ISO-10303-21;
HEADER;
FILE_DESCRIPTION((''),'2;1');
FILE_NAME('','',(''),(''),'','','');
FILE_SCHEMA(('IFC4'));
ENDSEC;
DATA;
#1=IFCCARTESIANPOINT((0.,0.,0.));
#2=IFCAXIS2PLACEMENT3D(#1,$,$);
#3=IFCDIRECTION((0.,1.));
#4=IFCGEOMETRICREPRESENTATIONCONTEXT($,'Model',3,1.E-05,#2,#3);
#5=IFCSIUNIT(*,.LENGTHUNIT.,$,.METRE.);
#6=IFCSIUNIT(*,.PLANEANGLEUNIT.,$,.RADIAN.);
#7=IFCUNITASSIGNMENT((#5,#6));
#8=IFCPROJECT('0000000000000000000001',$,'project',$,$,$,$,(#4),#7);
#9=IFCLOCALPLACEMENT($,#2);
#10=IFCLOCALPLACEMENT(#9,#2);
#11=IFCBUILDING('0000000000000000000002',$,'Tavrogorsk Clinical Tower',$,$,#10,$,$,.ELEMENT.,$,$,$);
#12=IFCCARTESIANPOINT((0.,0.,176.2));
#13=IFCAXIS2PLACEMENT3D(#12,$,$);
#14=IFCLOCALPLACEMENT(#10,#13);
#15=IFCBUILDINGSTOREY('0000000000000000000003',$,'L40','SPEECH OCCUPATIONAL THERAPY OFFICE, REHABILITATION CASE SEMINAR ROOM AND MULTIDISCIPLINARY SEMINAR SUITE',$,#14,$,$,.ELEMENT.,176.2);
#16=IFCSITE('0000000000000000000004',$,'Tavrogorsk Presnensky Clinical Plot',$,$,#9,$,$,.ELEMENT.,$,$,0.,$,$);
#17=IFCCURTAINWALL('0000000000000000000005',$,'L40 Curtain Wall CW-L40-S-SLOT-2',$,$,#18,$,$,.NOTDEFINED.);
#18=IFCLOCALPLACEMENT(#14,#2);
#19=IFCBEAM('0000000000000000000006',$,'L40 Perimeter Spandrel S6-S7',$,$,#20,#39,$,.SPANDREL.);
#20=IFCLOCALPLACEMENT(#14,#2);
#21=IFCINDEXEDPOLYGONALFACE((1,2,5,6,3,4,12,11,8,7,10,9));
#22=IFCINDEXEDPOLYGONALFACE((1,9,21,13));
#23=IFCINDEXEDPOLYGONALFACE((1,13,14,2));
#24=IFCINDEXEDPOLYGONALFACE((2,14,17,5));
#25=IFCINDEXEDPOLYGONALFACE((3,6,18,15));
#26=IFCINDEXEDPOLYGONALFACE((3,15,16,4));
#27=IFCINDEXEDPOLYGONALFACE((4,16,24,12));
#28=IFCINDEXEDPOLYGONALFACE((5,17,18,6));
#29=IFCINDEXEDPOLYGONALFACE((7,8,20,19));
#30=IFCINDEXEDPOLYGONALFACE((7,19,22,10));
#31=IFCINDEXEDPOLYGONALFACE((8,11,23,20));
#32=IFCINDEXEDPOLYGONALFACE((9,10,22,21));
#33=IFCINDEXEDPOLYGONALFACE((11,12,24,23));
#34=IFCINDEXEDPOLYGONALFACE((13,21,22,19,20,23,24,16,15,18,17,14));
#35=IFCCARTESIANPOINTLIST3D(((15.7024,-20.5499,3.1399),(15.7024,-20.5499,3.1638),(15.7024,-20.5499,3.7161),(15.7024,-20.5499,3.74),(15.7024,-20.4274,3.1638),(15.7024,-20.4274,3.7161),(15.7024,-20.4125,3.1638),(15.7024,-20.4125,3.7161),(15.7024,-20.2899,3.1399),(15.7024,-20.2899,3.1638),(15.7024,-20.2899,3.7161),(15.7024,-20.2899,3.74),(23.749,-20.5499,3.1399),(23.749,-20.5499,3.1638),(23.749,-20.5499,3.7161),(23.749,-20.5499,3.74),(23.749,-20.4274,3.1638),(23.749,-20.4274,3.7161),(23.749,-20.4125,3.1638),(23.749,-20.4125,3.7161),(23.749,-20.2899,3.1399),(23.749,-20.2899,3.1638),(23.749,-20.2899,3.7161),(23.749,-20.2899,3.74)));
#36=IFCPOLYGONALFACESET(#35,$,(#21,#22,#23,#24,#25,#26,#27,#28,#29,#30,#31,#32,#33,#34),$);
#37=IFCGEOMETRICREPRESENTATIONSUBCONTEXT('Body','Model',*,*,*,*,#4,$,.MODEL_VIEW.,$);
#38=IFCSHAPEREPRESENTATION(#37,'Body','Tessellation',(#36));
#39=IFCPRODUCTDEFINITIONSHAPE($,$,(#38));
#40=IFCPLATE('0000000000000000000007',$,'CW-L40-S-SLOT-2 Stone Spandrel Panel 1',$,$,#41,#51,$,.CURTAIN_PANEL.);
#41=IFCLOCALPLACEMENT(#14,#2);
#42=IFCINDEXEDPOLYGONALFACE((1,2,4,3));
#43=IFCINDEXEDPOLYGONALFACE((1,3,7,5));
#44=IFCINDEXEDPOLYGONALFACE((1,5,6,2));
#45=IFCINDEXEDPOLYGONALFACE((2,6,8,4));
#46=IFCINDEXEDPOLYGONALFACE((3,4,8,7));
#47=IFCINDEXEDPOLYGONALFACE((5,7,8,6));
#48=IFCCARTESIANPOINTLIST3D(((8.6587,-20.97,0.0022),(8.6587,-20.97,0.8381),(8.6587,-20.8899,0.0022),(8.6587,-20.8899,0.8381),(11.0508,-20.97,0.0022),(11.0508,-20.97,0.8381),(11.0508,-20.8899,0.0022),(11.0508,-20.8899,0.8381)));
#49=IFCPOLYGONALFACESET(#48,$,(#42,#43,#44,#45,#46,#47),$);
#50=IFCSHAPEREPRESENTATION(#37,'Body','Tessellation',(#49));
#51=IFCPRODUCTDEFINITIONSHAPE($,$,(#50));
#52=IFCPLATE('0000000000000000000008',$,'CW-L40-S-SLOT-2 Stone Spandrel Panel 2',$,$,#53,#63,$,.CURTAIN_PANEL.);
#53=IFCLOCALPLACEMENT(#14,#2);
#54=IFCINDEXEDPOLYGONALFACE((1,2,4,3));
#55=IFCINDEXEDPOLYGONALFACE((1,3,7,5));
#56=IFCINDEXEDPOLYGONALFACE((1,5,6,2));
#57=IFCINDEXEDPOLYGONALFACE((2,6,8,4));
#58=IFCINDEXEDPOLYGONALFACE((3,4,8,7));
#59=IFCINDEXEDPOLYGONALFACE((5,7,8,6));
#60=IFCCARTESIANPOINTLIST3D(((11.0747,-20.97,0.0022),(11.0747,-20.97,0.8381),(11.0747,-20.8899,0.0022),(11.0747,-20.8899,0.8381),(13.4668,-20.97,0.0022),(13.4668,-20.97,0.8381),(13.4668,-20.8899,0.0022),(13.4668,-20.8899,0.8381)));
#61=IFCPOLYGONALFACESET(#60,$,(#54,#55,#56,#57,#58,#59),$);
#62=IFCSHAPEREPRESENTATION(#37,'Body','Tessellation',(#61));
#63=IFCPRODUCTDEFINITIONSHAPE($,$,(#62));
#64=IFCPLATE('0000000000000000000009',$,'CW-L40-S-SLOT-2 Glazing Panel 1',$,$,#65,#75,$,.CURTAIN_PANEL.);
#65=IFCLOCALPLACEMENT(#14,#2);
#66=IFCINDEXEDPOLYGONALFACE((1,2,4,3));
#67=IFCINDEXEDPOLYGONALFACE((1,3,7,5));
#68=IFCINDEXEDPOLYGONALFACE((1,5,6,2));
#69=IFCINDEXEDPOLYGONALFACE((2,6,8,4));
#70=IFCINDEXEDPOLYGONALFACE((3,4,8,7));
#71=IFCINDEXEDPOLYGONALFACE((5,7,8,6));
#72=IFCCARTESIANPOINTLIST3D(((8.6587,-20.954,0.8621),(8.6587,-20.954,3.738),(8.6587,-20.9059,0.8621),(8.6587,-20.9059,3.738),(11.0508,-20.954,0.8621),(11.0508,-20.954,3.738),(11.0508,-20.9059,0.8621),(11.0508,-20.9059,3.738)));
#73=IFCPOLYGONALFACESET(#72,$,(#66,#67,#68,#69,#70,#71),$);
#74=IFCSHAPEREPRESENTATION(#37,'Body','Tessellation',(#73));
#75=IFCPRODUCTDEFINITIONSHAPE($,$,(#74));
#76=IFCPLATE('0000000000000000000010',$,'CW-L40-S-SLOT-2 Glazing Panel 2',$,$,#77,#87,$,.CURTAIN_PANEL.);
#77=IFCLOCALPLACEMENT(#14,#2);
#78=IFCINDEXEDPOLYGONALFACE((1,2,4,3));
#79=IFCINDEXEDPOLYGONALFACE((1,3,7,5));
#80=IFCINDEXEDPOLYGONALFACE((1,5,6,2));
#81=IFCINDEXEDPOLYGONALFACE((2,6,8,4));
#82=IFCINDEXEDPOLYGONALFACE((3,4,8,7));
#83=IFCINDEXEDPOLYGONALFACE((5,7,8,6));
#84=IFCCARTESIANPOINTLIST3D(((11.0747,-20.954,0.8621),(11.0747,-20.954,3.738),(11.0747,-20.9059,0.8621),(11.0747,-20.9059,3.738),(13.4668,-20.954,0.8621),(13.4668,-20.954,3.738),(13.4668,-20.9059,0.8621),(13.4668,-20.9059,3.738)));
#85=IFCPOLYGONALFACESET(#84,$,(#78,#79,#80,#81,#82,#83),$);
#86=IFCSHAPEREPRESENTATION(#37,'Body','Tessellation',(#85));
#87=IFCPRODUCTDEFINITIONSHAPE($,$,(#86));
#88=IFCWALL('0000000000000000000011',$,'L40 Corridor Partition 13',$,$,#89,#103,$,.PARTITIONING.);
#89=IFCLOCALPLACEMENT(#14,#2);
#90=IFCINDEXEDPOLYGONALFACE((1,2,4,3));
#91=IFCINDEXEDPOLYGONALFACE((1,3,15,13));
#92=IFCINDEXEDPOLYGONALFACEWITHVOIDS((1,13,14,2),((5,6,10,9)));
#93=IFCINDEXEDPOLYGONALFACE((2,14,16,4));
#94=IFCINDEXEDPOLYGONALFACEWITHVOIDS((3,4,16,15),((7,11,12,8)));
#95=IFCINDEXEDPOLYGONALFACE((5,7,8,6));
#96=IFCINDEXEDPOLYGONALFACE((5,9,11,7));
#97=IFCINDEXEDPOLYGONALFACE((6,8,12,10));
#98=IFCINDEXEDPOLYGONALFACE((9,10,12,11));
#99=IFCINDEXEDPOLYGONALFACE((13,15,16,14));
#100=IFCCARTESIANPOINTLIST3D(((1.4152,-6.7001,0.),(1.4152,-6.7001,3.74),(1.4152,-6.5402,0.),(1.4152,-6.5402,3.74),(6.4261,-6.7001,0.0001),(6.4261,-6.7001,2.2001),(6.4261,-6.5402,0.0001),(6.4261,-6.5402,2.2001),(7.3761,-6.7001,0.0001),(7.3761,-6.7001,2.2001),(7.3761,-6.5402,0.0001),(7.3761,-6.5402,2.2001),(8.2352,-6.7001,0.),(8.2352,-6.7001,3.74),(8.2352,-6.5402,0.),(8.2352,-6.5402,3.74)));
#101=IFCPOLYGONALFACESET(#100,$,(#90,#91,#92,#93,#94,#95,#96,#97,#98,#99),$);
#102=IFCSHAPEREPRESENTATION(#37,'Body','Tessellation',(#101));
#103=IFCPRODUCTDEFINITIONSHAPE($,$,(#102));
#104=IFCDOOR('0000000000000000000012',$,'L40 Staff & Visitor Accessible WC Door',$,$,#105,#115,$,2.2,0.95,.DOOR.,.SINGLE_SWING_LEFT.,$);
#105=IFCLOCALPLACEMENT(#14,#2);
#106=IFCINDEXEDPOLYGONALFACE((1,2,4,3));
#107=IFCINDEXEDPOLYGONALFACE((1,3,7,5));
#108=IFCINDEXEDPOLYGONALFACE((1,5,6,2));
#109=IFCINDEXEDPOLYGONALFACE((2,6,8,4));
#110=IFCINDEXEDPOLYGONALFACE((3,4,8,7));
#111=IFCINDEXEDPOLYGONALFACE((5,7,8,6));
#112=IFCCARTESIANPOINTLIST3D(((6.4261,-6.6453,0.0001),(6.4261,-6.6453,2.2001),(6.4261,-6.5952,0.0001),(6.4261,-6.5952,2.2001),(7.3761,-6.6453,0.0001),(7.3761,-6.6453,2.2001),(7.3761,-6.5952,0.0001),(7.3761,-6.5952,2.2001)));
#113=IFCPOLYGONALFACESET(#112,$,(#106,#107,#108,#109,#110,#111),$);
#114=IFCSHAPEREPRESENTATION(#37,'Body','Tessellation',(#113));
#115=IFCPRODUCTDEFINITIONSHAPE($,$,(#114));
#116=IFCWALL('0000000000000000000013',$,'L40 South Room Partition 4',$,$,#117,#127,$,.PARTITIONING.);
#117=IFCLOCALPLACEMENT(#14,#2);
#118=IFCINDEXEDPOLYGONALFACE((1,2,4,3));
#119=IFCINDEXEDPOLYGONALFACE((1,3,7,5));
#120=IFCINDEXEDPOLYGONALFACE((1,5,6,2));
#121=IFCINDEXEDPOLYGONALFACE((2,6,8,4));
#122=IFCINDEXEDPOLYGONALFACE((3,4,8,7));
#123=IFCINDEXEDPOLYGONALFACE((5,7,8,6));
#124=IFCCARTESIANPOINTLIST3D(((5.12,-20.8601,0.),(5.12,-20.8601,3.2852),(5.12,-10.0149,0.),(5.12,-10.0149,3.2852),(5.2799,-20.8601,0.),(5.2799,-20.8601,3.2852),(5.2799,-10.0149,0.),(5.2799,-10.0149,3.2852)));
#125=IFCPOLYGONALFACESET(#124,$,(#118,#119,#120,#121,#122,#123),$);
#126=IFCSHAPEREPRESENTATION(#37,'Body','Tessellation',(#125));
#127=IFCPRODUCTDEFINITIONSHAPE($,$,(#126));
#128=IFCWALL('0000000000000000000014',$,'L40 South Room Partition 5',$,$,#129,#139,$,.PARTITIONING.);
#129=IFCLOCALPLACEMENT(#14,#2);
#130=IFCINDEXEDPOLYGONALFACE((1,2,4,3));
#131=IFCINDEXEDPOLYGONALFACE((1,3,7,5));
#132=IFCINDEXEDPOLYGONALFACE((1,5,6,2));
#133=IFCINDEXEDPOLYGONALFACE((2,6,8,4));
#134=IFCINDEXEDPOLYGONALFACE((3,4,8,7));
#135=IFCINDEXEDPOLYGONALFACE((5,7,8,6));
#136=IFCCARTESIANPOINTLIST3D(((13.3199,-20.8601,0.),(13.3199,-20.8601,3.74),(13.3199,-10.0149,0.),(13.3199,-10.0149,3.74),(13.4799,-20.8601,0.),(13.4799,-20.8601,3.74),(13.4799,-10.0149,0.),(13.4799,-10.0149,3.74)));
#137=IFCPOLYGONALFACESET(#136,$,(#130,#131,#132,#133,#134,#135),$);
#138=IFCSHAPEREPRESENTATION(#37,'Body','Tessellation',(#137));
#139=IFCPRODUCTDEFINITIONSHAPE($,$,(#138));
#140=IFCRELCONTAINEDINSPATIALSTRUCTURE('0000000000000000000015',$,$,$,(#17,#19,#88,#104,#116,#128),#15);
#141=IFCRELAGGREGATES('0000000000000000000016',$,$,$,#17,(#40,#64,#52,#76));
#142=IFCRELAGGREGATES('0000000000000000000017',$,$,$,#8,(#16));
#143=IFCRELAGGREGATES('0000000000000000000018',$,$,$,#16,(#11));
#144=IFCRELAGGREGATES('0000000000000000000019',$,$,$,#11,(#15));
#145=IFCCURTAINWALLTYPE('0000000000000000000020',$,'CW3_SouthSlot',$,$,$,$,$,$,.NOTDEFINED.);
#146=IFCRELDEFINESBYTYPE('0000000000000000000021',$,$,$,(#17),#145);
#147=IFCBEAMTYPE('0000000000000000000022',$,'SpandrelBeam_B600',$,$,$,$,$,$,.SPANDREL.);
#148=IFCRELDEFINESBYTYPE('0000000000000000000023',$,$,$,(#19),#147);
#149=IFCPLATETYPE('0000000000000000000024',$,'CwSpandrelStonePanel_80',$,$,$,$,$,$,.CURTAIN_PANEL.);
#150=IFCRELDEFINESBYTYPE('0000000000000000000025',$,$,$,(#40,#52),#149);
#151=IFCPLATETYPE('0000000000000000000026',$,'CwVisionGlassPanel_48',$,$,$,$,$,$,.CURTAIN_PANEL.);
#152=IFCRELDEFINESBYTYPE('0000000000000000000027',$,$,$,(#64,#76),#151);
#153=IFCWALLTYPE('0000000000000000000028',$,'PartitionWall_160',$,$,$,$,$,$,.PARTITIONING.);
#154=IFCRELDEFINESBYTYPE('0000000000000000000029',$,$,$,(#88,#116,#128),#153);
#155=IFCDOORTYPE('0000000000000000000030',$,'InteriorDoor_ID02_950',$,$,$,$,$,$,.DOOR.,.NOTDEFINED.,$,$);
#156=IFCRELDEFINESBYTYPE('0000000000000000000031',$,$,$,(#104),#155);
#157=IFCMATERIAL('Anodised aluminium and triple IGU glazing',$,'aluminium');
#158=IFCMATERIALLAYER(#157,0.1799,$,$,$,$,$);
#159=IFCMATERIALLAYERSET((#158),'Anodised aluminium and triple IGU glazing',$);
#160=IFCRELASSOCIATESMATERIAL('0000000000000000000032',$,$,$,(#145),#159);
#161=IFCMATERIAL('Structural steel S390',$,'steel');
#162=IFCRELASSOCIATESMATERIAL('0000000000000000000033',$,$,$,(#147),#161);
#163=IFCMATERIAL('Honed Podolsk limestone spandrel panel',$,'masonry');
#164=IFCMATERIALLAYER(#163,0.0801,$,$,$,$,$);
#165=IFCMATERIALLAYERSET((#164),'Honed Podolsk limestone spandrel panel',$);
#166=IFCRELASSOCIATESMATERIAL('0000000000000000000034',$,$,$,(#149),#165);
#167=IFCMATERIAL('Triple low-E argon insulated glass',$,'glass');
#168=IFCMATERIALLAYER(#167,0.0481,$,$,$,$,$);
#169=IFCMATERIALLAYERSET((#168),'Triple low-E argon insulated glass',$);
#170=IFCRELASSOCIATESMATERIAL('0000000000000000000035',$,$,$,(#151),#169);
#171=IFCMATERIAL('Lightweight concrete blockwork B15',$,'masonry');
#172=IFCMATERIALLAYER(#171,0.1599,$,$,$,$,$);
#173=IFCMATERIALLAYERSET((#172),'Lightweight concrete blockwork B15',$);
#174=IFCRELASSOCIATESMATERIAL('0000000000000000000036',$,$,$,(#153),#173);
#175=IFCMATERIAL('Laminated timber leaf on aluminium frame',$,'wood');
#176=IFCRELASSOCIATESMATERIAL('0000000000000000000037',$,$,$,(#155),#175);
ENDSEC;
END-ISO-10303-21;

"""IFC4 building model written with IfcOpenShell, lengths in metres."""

from ifc_helpers import new_model, si_unit, direction, frame, frame_2d, origin, origin_2d, place, context, subcontext, project, spatial, rectangle, i_section, extrude, material, layer, layer_set, material_profile, profile_set, type_object, element, fill, aggregate, save


model = new_model("IFC4")

# Units and contexts
model_context = context("Model", 3, precision=1e-05, world=origin(), true_north=direction((0.0, 1.0)))
body_context = subcontext(model_context, "Body", "Model", "MODEL_VIEW")
ifc_project = project(units=[si_unit("LENGTHUNIT", "METRE"), si_unit("PLANEANGLEUNIT", "RADIAN")], contexts=[model_context])

# Site, building, storey
site_placement = place(None, origin())
site = spatial("IfcSite", under=ifc_project, at=site_placement, Name="Tavrogorsk Presnensky Clinical Plot", CompositionType="ELEMENT", RefElevation=0.0)
building_placement = place(site_placement, origin())
building = spatial("IfcBuilding", under=site, at=building_placement, Name="Tavrogorsk Clinical Tower", CompositionType="ELEMENT")
storey_placement = place(building_placement, frame((0.0, 0.0, 176.2)))
storey = spatial("IfcBuildingStorey", under=building, at=storey_placement, Name="L40", Description="SPEECH OCCUPATIONAL THERAPY OFFICE, REHABILITATION CASE SEMINAR ROOM AND MULTIDISCIPLINARY SEMINAR SUITE", CompositionType="ELEMENT", Elevation=176.2)

# Curtain wall
ifc_material_1 = material(Name="Anodised aluminium and triple IGU glazing", Category="aluminium")
ifc_layer_1 = layer(ifc_material_1, 0.1799)
ifc_layer_set_1 = layer_set([ifc_layer_1], Name="Anodised aluminium and triple IGU glazing")
curtain_wall_type = type_object("IfcCurtainWallType", Name="CW3_SouthSlot", PredefinedType="NOTDEFINED", material=ifc_layer_set_1)
curtain_wall_placement = place(storey_placement, origin())
curtain_wall = element("IfcCurtainWall", 1, at=curtain_wall_placement, inside=storey, type_object=curtain_wall_type, Name="L40 Curtain Wall CW-L40-S-SLOT-2", PredefinedType="NOTDEFINED")

# Beam
ifc_material_2 = material(Name="Structural steel S390", Category="steel")
ifc_material_profile_1 = material_profile(ifc_material_2, i_section(OverallWidth=0.26, OverallDepth=0.6001, WebThickness=0.0149, FlangeThickness=0.0239, at=origin_2d()), Name="B-600x260x15x24")
ifc_profile_set_1 = profile_set([ifc_material_profile_1], Name="Structural steel S390")
beam_type_1 = type_object("IfcBeamType", Name="SpandrelBeam_B600", PredefinedType="SPANDREL", material=ifc_profile_set_1)
beam_1_placement = place(storey_placement, frame((15.7024, -20.4199, 3.4399), z_axis=(1.0, 0.0, 0.0), x_axis=(0.0, 1.0, 0.0)))
element("IfcBeam", 2, at=beam_1_placement, inside=storey, type_object=beam_type_1, Name="L40 Perimeter Spandrel S6-S7", PredefinedType="SPANDREL", context=body_context, shape_type="SweptSolid", body=[
    extrude(i_section(OverallWidth=0.26, OverallDepth=0.6001, WebThickness=0.0149, FlangeThickness=0.0239, at=origin_2d()), origin(), (0.0, 0.0, 1.0), 8.0466),
])

# Plates
ifc_material_3 = material(Name="Honed Podolsk limestone spandrel panel", Category="masonry")
ifc_layer_2 = layer(ifc_material_3, 0.0801)
ifc_layer_set_2 = layer_set([ifc_layer_2], Name="Honed Podolsk limestone spandrel panel")
plate_type_1 = type_object("IfcPlateType", Name="CwSpandrelStonePanel_80", PredefinedType="CURTAIN_PANEL", material=ifc_layer_set_2)
plate_1_placement = place(storey_placement, frame((9.8547, -20.9299, 0.0022), z_axis=(0.0, 0.0, 1.0), x_axis=(1.0, 0.0, 0.0)))
plate_1 = element("IfcPlate", 3, at=plate_1_placement, type_object=plate_type_1, Name="CW-L40-S-SLOT-2 Stone Spandrel Panel 1", PredefinedType="CURTAIN_PANEL", context=body_context, shape_type="SweptSolid", body=[
    extrude(rectangle(XDim=2.3921, YDim=0.0801, at=origin_2d()), origin(), (0.0, 0.0, 1.0), 0.8359),
])
plate_2_placement = place(storey_placement, frame((12.2708, -20.9299, 0.0022), z_axis=(0.0, 0.0, 1.0), x_axis=(1.0, 0.0, 0.0)))
plate_2 = element("IfcPlate", 4, at=plate_2_placement, type_object=plate_type_1, Name="CW-L40-S-SLOT-2 Stone Spandrel Panel 2", PredefinedType="CURTAIN_PANEL", context=body_context, shape_type="SweptSolid", body=[
    extrude(rectangle(XDim=2.3921, YDim=0.0801, at=origin_2d()), origin(), (0.0, 0.0, 1.0), 0.8359),
])
ifc_material_4 = material(Name="Triple low-E argon insulated glass", Category="glass")
ifc_layer_3 = layer(ifc_material_4, 0.0481)
ifc_layer_set_3 = layer_set([ifc_layer_3], Name="Triple low-E argon insulated glass")
plate_type_2 = type_object("IfcPlateType", Name="CwVisionGlassPanel_48", PredefinedType="CURTAIN_PANEL", material=ifc_layer_set_3)
plate_3_placement = place(storey_placement, frame((9.8547, -20.9299, 0.8621), z_axis=(0.0, 0.0, 1.0), x_axis=(1.0, 0.0, 0.0)))
plate_3 = element("IfcPlate", 5, at=plate_3_placement, type_object=plate_type_2, Name="CW-L40-S-SLOT-2 Glazing Panel 1", PredefinedType="CURTAIN_PANEL", context=body_context, shape_type="SweptSolid", body=[
    extrude(rectangle(XDim=2.3921, YDim=0.0481, at=origin_2d()), origin(), (0.0, 0.0, 1.0), 2.876),
])
plate_4_placement = place(storey_placement, frame((12.2708, -20.9299, 0.8621), z_axis=(0.0, 0.0, 1.0), x_axis=(1.0, 0.0, 0.0)))
plate_4 = element("IfcPlate", 6, at=plate_4_placement, type_object=plate_type_2, Name="CW-L40-S-SLOT-2 Glazing Panel 2", PredefinedType="CURTAIN_PANEL", context=body_context, shape_type="SweptSolid", body=[
    extrude(rectangle(XDim=2.3921, YDim=0.0481, at=origin_2d()), origin(), (0.0, 0.0, 1.0), 2.876),
])
aggregate(curtain_wall, [plate_1, plate_3, plate_2, plate_4])

# Wall, opening, door
ifc_material_5 = material(Name="Lightweight concrete blockwork B15", Category="masonry")
ifc_layer_4 = layer(ifc_material_5, 0.1599)
ifc_layer_set_4 = layer_set([ifc_layer_4], Name="Lightweight concrete blockwork B15")
wall_type_1 = type_object("IfcWallType", Name="PartitionWall_160", PredefinedType="PARTITIONING", material=ifc_layer_set_4)
wall_1_placement = place(storey_placement, frame((1.415, -6.6201, 0.0), z_axis=(0.0, 0.0, 1.0), x_axis=(1.0, 0.0, 0.0)))
wall_1 = element("IfcWall", 7, at=wall_1_placement, inside=storey, type_object=wall_type_1, Name="L40 Corridor Partition 13", PredefinedType="PARTITIONING", context=body_context, shape_type="SweptSolid", body=[
    extrude(rectangle(XDim=6.8201, YDim=0.1599, at=frame_2d((3.4102, 0.0))), origin(), (0.0, 0.0, 1.0), 3.74),
])
opening_1_placement = place(wall_1_placement, frame((5.011, 0.0, 0.0)))
opening_1 = element("IfcOpeningElement", 8, at=opening_1_placement, cuts=wall_1, PredefinedType="OPENING", context=body_context, shape_type="SweptSolid", body=[
    extrude(rectangle(XDim=0.95, YDim=2.2, at=frame_2d((0.4751, 1.1001))), frame((0.0, 0.0898, 0.0), z_axis=(0.0, -1.0, 0.0), x_axis=(1.0, 0.0, 0.0)), (0.0, 0.0, 1.0), 0.1799),
])
ifc_material_6 = material(Name="Laminated timber leaf on aluminium frame", Category="wood")
door_type = type_object("IfcDoorType", Name="InteriorDoor_ID02_950", OperationType="NOTDEFINED", PredefinedType="DOOR", material=ifc_material_6)
door_placement = place(opening_1_placement, origin())
door = element("IfcDoor", 9, at=door_placement, inside=storey, type_object=door_type, Name="L40 Staff & Visitor Accessible WC Door", OperationType="SINGLE_SWING_LEFT", OverallHeight=2.2, OverallWidth=0.95, PredefinedType="DOOR", context=body_context, shape_type="SweptSolid", body=[
    extrude(rectangle(XDim=0.95, YDim=2.2, at=frame_2d((0.4751, 1.1001))), frame((0.0, 0.0249, 0.0), z_axis=(0.0, -1.0, 0.0), x_axis=(1.0, 0.0, 0.0)), (0.0, 0.0, 1.0), 0.05),
])
fill(opening_1, door)

# Walls
wall_2_placement = place(storey_placement, frame((5.2, -20.8601, 0.0), z_axis=(0.0, 0.0, 1.0), x_axis=(0.0, 1.0, 0.0)))
element("IfcWall", 10, at=wall_2_placement, inside=storey, type_object=wall_type_1, Name="L40 South Room Partition 4", PredefinedType="PARTITIONING", context=body_context, shape_type="SweptSolid", body=[
    extrude(rectangle(XDim=10.8452, YDim=0.1599, at=frame_2d((5.4226, 0.0))), origin(), (0.0, 0.0, 1.0), 3.2852),
])
wall_3_placement = place(storey_placement, frame((13.3999, -20.8601, 0.0), z_axis=(0.0, 0.0, 1.0), x_axis=(0.0, 1.0, 0.0)))
element("IfcWall", 11, at=wall_3_placement, inside=storey, type_object=wall_type_1, Name="L40 South Room Partition 5", PredefinedType="PARTITIONING", context=body_context, shape_type="SweptSolid", body=[
    extrude(rectangle(XDim=10.8452, YDim=0.1599, at=frame_2d((5.4226, 0.0))), origin(), (0.0, 0.0, 1.0), 3.74),
])

save(model, "model.ifc")
